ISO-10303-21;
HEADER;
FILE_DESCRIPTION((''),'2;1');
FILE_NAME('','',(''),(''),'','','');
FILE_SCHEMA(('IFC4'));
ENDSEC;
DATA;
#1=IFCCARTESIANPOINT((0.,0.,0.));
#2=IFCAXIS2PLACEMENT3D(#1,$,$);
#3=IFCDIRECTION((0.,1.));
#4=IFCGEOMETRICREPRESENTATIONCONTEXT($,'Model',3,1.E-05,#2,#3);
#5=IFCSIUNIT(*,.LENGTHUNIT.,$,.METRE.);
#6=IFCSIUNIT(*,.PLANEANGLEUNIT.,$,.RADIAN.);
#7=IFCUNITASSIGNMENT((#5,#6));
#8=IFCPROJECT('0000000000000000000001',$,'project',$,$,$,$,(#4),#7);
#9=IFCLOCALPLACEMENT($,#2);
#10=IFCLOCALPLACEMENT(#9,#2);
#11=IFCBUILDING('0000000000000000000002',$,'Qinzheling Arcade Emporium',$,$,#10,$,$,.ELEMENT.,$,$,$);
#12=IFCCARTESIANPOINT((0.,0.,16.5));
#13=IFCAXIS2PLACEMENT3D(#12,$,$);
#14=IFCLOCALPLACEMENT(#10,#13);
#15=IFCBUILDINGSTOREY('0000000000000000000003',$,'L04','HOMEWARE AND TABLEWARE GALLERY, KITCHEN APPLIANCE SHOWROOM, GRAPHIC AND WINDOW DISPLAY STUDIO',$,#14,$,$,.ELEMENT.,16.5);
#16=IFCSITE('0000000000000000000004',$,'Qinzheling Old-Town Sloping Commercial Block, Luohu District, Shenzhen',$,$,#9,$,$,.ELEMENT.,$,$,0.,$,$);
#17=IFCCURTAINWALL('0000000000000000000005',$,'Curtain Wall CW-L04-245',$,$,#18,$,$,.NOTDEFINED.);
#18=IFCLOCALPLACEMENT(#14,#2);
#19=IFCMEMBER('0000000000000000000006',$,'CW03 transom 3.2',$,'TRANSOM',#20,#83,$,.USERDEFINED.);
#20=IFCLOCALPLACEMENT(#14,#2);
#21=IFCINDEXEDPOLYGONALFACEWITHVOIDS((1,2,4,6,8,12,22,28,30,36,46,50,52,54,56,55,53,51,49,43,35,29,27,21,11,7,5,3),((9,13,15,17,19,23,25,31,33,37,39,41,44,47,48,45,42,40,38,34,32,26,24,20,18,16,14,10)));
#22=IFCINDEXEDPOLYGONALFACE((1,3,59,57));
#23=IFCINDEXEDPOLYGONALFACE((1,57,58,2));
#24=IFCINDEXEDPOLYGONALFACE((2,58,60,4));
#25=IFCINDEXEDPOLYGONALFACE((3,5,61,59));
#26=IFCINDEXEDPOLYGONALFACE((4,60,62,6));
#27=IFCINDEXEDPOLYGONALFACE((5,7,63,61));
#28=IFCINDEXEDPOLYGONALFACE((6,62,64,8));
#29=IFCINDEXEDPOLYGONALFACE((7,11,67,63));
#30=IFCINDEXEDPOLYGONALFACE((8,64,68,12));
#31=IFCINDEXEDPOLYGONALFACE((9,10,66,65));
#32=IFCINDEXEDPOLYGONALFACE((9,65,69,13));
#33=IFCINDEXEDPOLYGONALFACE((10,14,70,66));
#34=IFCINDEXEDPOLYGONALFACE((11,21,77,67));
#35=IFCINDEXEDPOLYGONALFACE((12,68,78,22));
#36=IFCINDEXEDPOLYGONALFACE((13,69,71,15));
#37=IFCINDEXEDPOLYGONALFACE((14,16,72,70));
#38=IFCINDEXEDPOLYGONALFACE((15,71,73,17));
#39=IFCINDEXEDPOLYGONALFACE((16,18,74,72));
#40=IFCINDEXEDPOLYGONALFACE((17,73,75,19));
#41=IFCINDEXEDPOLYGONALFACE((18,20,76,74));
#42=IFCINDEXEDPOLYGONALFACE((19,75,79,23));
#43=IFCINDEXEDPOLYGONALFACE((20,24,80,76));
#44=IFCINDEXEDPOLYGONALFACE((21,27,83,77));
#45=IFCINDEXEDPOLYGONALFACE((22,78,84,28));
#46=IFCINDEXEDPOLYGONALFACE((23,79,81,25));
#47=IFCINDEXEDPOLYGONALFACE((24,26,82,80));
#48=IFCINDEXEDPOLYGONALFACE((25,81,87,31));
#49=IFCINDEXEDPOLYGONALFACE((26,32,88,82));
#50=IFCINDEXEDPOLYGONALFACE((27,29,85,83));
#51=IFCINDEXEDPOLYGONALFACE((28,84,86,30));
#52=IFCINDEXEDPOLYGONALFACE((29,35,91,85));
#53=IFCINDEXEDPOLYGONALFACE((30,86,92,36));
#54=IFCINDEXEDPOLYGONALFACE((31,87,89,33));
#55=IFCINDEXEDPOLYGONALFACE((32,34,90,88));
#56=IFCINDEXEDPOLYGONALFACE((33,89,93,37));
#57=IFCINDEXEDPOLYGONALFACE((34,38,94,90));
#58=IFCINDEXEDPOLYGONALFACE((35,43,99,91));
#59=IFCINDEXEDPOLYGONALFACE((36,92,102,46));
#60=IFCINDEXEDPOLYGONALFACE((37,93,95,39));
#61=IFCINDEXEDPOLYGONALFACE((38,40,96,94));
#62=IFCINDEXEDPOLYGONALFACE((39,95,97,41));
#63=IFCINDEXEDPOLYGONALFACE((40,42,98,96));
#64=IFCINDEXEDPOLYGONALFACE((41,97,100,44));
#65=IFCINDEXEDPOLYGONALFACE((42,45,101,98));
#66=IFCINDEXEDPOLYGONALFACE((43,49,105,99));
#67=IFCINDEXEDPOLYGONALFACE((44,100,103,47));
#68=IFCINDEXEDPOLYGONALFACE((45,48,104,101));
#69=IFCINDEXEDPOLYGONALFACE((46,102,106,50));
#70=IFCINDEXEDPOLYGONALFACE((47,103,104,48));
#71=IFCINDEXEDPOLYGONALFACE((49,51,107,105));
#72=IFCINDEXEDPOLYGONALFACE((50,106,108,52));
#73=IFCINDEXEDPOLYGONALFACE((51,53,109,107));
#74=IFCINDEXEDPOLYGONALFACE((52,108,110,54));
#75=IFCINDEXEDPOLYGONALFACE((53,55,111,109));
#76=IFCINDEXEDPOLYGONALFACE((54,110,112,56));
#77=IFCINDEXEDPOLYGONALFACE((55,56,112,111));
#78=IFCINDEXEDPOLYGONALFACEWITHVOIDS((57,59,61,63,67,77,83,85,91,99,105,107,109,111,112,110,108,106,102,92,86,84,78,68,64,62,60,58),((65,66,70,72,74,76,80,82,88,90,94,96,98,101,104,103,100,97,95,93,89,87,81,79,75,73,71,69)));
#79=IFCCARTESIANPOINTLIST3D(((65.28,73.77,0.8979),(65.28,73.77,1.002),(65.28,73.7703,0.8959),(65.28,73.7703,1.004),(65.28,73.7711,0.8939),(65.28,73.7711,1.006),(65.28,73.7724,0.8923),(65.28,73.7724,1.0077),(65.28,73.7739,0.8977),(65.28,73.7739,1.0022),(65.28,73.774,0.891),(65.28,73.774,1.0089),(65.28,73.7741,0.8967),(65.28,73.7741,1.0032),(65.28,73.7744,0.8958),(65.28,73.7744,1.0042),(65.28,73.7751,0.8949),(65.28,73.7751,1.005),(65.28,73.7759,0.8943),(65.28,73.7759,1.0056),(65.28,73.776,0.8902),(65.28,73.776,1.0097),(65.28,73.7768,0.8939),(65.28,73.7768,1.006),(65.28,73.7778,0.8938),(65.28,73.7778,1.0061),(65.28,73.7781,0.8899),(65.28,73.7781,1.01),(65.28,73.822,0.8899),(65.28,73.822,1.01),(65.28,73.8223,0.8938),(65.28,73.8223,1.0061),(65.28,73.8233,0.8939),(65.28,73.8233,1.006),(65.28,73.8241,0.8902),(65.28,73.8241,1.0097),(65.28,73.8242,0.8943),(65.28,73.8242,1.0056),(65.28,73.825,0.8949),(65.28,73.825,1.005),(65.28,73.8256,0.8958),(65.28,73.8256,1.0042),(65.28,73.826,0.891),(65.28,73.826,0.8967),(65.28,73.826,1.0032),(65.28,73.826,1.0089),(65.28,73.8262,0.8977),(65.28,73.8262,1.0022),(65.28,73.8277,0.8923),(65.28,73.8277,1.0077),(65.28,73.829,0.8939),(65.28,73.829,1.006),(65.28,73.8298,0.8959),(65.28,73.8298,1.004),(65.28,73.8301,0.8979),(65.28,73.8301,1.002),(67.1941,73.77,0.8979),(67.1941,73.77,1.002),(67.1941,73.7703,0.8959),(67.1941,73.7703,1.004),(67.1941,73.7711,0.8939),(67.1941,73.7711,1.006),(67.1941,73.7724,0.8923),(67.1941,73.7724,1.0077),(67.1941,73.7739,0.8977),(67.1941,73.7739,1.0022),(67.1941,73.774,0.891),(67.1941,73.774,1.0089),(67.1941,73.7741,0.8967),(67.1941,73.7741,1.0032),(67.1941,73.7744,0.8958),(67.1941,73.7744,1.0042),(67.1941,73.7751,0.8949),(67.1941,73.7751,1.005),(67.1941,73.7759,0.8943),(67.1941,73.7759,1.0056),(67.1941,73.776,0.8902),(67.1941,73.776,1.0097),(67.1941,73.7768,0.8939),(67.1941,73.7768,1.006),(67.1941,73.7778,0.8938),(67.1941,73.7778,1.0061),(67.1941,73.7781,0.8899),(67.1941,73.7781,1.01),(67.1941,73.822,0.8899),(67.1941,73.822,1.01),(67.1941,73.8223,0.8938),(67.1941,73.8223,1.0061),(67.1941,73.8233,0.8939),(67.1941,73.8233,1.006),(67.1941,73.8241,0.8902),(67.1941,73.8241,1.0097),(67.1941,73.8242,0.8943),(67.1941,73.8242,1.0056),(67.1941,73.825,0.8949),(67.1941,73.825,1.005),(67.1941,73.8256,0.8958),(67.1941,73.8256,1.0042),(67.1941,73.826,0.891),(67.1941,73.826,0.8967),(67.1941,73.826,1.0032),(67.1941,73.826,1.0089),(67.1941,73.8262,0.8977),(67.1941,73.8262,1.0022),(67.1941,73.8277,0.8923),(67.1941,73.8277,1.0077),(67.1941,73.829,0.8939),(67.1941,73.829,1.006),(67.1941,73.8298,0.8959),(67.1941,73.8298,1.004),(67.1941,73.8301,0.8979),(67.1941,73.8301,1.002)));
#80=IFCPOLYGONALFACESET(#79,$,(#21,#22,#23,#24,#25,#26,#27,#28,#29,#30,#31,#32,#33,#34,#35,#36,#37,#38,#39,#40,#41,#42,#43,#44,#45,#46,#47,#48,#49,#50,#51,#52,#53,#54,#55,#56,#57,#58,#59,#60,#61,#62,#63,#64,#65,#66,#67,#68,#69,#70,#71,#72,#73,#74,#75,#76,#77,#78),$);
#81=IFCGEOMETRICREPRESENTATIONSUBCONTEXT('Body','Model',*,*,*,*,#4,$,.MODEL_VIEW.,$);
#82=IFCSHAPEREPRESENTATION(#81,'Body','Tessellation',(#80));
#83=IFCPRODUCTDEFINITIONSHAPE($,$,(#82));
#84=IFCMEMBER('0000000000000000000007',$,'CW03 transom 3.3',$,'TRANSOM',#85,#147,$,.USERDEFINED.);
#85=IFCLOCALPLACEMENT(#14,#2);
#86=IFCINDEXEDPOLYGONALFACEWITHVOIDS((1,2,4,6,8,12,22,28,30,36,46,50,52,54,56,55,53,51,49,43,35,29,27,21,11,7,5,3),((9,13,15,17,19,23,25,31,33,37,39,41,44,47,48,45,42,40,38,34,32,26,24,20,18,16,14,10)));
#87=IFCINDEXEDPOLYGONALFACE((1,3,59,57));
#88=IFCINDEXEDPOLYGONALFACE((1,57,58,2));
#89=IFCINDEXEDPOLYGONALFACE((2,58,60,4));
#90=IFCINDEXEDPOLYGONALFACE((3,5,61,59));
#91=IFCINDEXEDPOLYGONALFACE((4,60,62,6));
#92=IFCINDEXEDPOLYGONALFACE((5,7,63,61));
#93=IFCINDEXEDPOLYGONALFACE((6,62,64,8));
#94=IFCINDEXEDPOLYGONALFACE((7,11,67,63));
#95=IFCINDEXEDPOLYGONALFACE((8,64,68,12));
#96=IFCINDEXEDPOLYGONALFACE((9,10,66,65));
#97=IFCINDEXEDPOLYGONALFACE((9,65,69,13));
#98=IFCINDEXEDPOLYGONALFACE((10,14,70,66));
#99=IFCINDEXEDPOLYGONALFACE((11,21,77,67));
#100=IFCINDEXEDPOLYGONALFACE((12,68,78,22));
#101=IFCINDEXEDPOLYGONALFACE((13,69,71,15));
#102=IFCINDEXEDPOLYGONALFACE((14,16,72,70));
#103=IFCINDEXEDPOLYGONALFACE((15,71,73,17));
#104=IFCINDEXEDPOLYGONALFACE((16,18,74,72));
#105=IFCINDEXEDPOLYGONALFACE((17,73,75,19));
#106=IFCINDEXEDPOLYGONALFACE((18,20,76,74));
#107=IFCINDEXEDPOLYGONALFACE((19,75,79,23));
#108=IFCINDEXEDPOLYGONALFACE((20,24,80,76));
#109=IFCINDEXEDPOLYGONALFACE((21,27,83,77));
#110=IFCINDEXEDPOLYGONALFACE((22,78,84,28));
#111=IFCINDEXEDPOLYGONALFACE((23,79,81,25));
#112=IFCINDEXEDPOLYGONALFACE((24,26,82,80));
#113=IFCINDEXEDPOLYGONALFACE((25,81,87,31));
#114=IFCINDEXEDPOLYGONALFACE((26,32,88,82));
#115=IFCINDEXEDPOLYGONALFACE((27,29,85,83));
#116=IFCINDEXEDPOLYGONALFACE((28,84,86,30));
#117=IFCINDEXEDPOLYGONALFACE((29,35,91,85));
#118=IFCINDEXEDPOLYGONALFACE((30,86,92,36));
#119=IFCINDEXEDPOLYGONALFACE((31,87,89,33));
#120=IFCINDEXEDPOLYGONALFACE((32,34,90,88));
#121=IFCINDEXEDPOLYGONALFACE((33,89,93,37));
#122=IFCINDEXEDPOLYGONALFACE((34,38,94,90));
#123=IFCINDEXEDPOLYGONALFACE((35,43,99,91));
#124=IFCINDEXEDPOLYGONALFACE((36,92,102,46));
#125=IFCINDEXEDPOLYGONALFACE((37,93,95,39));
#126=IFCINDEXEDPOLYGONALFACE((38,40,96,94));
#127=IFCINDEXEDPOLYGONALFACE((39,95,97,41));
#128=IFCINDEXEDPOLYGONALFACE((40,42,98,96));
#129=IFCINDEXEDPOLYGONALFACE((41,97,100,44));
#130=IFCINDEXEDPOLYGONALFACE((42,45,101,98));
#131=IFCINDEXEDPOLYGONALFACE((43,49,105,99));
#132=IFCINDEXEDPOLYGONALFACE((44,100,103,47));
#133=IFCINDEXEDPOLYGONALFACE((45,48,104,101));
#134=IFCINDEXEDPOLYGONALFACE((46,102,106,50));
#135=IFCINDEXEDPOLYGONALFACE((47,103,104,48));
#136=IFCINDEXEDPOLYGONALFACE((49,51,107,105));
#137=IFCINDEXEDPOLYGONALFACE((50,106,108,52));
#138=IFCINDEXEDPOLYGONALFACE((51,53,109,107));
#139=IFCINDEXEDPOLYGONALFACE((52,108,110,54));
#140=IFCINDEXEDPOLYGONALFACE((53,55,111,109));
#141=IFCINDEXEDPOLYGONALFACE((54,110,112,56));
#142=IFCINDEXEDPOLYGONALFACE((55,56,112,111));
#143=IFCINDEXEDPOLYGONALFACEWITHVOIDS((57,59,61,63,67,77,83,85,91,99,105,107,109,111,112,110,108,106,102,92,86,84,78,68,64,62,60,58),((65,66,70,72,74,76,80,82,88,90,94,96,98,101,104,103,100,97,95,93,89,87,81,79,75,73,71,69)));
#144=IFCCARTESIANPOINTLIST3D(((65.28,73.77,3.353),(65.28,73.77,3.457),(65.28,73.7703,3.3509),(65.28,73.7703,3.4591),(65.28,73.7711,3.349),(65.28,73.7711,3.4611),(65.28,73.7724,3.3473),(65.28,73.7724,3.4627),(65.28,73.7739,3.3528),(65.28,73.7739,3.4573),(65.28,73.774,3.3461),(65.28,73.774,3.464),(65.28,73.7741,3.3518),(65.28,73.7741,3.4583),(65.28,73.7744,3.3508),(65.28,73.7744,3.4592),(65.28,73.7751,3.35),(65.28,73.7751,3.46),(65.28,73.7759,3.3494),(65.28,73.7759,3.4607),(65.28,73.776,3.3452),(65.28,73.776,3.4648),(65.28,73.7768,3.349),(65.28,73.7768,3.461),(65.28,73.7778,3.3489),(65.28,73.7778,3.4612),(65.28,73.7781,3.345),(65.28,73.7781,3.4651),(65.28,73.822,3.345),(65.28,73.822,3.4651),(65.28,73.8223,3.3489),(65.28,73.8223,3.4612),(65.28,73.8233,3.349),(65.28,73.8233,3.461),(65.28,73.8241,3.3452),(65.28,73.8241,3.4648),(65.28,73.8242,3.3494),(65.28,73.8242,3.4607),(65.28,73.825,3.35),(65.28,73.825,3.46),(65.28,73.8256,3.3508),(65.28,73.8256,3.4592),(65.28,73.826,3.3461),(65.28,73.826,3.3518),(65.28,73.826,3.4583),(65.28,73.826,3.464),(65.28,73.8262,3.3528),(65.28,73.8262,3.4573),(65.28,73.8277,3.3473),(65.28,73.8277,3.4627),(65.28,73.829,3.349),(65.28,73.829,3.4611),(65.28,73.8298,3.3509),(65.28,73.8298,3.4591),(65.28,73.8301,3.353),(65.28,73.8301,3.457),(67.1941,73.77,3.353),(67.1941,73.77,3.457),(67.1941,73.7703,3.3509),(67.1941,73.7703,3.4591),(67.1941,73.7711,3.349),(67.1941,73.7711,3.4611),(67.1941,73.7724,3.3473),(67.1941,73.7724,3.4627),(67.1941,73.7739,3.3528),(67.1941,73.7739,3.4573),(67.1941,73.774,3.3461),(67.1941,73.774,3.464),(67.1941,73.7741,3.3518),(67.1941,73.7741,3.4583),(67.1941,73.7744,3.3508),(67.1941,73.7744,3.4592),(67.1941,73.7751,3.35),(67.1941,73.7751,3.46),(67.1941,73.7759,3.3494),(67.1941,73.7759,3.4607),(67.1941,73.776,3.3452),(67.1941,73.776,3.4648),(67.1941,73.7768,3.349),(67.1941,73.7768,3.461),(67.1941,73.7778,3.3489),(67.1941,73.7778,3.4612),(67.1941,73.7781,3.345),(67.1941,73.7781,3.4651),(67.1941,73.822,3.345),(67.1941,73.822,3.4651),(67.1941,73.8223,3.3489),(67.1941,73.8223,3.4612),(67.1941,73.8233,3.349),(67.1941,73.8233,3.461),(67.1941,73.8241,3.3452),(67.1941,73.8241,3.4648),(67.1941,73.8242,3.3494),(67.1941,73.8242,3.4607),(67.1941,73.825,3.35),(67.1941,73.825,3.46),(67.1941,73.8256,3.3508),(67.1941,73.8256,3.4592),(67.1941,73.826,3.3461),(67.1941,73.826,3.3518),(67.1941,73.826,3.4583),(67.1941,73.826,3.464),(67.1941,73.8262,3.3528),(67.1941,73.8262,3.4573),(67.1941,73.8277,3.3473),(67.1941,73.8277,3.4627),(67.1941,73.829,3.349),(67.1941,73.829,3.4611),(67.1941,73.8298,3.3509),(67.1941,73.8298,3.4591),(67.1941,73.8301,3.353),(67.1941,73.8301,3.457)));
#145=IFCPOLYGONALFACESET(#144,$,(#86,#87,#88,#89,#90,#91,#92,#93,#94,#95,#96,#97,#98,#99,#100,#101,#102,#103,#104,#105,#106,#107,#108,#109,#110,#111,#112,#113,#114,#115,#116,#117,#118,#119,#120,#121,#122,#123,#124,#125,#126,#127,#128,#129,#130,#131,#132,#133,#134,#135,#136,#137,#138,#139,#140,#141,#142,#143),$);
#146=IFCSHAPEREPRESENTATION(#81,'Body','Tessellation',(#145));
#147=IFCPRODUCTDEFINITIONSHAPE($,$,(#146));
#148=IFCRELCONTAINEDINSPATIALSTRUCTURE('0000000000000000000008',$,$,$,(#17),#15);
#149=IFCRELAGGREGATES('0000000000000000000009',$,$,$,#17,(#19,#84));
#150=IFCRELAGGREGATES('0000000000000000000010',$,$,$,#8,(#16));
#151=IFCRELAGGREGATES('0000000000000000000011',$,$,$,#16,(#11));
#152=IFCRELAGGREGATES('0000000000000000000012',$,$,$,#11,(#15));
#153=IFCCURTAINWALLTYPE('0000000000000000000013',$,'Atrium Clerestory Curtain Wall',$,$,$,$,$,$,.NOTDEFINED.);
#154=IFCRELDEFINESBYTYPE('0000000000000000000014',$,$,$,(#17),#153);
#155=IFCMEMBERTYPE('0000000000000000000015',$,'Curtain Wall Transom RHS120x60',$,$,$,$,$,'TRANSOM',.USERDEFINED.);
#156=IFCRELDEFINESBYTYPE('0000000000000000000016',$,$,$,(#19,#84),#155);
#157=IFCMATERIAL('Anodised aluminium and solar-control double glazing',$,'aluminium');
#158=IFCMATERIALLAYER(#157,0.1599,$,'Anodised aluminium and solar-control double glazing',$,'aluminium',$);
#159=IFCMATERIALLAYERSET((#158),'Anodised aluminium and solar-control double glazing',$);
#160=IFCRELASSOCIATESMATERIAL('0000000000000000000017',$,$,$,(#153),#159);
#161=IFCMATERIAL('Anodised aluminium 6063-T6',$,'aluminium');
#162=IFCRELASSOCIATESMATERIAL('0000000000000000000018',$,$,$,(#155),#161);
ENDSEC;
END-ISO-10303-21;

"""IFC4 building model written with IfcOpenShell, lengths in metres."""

from ifc_helpers import new_model, si_unit, direction, frame, origin, origin_2d, place, context, subcontext, project, spatial, hollow_rectangle, extrude, material, layer, layer_set, material_profile, profile_set, type_object, element, aggregate, save


model = new_model("IFC4")

# Units and contexts
model_context = context("Model", 3, precision=1e-05, world=origin(), true_north=direction((0.0, 1.0)))
body_context = subcontext(model_context, "Body", "Model", "MODEL_VIEW")
ifc_project = project(units=[si_unit("LENGTHUNIT", "METRE"), si_unit("PLANEANGLEUNIT", "RADIAN")], contexts=[model_context])

# Site, building, storey
site_placement = place(None, origin())
site = spatial("IfcSite", under=ifc_project, at=site_placement, Name="Qinzheling Old-Town Sloping Commercial Block, Luohu District, Shenzhen", CompositionType="ELEMENT", RefElevation=0.0)
building_placement = place(site_placement, origin())
building = spatial("IfcBuilding", under=site, at=building_placement, Name="Qinzheling Arcade Emporium", CompositionType="ELEMENT")
storey_placement = place(building_placement, frame((0.0, 0.0, 16.5)))
storey = spatial("IfcBuildingStorey", under=building, at=storey_placement, Name="L04", Description="HOMEWARE AND TABLEWARE GALLERY, KITCHEN APPLIANCE SHOWROOM, GRAPHIC AND WINDOW DISPLAY STUDIO", CompositionType="ELEMENT", Elevation=16.5)

# Curtain wall
ifc_material_1 = material(Name="Anodised aluminium and solar-control double glazing", Category="aluminium")
ifc_layer_1 = layer(ifc_material_1, 0.1599, Name="Anodised aluminium and solar-control double glazing", Category="aluminium")
ifc_layer_set_1 = layer_set([ifc_layer_1], Name="Anodised aluminium and solar-control double glazing")
curtain_wall_type = type_object("IfcCurtainWallType", Name="Atrium Clerestory Curtain Wall", PredefinedType="NOTDEFINED", material=ifc_layer_set_1)
curtain_wall_1_placement = place(storey_placement, origin())
curtain_wall_1 = element("IfcCurtainWall", 1, at=curtain_wall_1_placement, inside=storey, type_object=curtain_wall_type, Name="Curtain Wall CW-L04-245", PredefinedType="NOTDEFINED")
ifc_material_2 = material(Name="Anodised aluminium 6063-T6", Category="aluminium")

# Members
ifc_material_profile_1 = material_profile(ifc_material_2, hollow_rectangle(XDim=0.0601, YDim=0.1201, WallThickness=0.0039, InnerFilletRadius=0.0039, OuterFilletRadius=0.0081, at=origin_2d()), Name="RHS 120x60x4", Category="aluminium")
ifc_profile_set_1 = profile_set([ifc_material_profile_1], Name="Anodised aluminium 6063-T6")
member_type_1 = type_object("IfcMemberType", Name="Curtain Wall Transom RHS120x60", ElementType="TRANSOM", PredefinedType="USERDEFINED", material=ifc_profile_set_1)
member_1_placement = place(storey_placement, frame((65.28, 73.8, 0.95), z_axis=(1.0, 0.0, 0.0), x_axis=(0.0, 1.0, 0.0)))
member_1 = element("IfcMember", 2, at=member_1_placement, type_object=member_type_1, Name="CW03 transom 3.2", ObjectType="TRANSOM", PredefinedType="USERDEFINED", context=body_context, shape_type="SweptSolid", body=[
    extrude(hollow_rectangle(XDim=0.0601, YDim=0.1201, WallThickness=0.0039, InnerFilletRadius=0.0039, OuterFilletRadius=0.0081, at=origin_2d()), origin(), (0.0, 0.0, 1.0), 1.9141),
])
member_2_placement = place(storey_placement, frame((65.28, 73.8, 3.405), z_axis=(1.0, 0.0, 0.0), x_axis=(0.0, 1.0, 0.0)))
member_2 = element("IfcMember", 3, at=member_2_placement, type_object=member_type_1, Name="CW03 transom 3.3", ObjectType="TRANSOM", PredefinedType="USERDEFINED", context=body_context, shape_type="SweptSolid", body=[
    extrude(hollow_rectangle(XDim=0.0601, YDim=0.1201, WallThickness=0.0039, InnerFilletRadius=0.0039, OuterFilletRadius=0.0081, at=origin_2d()), origin(), (0.0, 0.0, 1.0), 1.9141),
])

aggregate(curtain_wall_1, [member_1, member_2])

save(model, "model.ifc")
